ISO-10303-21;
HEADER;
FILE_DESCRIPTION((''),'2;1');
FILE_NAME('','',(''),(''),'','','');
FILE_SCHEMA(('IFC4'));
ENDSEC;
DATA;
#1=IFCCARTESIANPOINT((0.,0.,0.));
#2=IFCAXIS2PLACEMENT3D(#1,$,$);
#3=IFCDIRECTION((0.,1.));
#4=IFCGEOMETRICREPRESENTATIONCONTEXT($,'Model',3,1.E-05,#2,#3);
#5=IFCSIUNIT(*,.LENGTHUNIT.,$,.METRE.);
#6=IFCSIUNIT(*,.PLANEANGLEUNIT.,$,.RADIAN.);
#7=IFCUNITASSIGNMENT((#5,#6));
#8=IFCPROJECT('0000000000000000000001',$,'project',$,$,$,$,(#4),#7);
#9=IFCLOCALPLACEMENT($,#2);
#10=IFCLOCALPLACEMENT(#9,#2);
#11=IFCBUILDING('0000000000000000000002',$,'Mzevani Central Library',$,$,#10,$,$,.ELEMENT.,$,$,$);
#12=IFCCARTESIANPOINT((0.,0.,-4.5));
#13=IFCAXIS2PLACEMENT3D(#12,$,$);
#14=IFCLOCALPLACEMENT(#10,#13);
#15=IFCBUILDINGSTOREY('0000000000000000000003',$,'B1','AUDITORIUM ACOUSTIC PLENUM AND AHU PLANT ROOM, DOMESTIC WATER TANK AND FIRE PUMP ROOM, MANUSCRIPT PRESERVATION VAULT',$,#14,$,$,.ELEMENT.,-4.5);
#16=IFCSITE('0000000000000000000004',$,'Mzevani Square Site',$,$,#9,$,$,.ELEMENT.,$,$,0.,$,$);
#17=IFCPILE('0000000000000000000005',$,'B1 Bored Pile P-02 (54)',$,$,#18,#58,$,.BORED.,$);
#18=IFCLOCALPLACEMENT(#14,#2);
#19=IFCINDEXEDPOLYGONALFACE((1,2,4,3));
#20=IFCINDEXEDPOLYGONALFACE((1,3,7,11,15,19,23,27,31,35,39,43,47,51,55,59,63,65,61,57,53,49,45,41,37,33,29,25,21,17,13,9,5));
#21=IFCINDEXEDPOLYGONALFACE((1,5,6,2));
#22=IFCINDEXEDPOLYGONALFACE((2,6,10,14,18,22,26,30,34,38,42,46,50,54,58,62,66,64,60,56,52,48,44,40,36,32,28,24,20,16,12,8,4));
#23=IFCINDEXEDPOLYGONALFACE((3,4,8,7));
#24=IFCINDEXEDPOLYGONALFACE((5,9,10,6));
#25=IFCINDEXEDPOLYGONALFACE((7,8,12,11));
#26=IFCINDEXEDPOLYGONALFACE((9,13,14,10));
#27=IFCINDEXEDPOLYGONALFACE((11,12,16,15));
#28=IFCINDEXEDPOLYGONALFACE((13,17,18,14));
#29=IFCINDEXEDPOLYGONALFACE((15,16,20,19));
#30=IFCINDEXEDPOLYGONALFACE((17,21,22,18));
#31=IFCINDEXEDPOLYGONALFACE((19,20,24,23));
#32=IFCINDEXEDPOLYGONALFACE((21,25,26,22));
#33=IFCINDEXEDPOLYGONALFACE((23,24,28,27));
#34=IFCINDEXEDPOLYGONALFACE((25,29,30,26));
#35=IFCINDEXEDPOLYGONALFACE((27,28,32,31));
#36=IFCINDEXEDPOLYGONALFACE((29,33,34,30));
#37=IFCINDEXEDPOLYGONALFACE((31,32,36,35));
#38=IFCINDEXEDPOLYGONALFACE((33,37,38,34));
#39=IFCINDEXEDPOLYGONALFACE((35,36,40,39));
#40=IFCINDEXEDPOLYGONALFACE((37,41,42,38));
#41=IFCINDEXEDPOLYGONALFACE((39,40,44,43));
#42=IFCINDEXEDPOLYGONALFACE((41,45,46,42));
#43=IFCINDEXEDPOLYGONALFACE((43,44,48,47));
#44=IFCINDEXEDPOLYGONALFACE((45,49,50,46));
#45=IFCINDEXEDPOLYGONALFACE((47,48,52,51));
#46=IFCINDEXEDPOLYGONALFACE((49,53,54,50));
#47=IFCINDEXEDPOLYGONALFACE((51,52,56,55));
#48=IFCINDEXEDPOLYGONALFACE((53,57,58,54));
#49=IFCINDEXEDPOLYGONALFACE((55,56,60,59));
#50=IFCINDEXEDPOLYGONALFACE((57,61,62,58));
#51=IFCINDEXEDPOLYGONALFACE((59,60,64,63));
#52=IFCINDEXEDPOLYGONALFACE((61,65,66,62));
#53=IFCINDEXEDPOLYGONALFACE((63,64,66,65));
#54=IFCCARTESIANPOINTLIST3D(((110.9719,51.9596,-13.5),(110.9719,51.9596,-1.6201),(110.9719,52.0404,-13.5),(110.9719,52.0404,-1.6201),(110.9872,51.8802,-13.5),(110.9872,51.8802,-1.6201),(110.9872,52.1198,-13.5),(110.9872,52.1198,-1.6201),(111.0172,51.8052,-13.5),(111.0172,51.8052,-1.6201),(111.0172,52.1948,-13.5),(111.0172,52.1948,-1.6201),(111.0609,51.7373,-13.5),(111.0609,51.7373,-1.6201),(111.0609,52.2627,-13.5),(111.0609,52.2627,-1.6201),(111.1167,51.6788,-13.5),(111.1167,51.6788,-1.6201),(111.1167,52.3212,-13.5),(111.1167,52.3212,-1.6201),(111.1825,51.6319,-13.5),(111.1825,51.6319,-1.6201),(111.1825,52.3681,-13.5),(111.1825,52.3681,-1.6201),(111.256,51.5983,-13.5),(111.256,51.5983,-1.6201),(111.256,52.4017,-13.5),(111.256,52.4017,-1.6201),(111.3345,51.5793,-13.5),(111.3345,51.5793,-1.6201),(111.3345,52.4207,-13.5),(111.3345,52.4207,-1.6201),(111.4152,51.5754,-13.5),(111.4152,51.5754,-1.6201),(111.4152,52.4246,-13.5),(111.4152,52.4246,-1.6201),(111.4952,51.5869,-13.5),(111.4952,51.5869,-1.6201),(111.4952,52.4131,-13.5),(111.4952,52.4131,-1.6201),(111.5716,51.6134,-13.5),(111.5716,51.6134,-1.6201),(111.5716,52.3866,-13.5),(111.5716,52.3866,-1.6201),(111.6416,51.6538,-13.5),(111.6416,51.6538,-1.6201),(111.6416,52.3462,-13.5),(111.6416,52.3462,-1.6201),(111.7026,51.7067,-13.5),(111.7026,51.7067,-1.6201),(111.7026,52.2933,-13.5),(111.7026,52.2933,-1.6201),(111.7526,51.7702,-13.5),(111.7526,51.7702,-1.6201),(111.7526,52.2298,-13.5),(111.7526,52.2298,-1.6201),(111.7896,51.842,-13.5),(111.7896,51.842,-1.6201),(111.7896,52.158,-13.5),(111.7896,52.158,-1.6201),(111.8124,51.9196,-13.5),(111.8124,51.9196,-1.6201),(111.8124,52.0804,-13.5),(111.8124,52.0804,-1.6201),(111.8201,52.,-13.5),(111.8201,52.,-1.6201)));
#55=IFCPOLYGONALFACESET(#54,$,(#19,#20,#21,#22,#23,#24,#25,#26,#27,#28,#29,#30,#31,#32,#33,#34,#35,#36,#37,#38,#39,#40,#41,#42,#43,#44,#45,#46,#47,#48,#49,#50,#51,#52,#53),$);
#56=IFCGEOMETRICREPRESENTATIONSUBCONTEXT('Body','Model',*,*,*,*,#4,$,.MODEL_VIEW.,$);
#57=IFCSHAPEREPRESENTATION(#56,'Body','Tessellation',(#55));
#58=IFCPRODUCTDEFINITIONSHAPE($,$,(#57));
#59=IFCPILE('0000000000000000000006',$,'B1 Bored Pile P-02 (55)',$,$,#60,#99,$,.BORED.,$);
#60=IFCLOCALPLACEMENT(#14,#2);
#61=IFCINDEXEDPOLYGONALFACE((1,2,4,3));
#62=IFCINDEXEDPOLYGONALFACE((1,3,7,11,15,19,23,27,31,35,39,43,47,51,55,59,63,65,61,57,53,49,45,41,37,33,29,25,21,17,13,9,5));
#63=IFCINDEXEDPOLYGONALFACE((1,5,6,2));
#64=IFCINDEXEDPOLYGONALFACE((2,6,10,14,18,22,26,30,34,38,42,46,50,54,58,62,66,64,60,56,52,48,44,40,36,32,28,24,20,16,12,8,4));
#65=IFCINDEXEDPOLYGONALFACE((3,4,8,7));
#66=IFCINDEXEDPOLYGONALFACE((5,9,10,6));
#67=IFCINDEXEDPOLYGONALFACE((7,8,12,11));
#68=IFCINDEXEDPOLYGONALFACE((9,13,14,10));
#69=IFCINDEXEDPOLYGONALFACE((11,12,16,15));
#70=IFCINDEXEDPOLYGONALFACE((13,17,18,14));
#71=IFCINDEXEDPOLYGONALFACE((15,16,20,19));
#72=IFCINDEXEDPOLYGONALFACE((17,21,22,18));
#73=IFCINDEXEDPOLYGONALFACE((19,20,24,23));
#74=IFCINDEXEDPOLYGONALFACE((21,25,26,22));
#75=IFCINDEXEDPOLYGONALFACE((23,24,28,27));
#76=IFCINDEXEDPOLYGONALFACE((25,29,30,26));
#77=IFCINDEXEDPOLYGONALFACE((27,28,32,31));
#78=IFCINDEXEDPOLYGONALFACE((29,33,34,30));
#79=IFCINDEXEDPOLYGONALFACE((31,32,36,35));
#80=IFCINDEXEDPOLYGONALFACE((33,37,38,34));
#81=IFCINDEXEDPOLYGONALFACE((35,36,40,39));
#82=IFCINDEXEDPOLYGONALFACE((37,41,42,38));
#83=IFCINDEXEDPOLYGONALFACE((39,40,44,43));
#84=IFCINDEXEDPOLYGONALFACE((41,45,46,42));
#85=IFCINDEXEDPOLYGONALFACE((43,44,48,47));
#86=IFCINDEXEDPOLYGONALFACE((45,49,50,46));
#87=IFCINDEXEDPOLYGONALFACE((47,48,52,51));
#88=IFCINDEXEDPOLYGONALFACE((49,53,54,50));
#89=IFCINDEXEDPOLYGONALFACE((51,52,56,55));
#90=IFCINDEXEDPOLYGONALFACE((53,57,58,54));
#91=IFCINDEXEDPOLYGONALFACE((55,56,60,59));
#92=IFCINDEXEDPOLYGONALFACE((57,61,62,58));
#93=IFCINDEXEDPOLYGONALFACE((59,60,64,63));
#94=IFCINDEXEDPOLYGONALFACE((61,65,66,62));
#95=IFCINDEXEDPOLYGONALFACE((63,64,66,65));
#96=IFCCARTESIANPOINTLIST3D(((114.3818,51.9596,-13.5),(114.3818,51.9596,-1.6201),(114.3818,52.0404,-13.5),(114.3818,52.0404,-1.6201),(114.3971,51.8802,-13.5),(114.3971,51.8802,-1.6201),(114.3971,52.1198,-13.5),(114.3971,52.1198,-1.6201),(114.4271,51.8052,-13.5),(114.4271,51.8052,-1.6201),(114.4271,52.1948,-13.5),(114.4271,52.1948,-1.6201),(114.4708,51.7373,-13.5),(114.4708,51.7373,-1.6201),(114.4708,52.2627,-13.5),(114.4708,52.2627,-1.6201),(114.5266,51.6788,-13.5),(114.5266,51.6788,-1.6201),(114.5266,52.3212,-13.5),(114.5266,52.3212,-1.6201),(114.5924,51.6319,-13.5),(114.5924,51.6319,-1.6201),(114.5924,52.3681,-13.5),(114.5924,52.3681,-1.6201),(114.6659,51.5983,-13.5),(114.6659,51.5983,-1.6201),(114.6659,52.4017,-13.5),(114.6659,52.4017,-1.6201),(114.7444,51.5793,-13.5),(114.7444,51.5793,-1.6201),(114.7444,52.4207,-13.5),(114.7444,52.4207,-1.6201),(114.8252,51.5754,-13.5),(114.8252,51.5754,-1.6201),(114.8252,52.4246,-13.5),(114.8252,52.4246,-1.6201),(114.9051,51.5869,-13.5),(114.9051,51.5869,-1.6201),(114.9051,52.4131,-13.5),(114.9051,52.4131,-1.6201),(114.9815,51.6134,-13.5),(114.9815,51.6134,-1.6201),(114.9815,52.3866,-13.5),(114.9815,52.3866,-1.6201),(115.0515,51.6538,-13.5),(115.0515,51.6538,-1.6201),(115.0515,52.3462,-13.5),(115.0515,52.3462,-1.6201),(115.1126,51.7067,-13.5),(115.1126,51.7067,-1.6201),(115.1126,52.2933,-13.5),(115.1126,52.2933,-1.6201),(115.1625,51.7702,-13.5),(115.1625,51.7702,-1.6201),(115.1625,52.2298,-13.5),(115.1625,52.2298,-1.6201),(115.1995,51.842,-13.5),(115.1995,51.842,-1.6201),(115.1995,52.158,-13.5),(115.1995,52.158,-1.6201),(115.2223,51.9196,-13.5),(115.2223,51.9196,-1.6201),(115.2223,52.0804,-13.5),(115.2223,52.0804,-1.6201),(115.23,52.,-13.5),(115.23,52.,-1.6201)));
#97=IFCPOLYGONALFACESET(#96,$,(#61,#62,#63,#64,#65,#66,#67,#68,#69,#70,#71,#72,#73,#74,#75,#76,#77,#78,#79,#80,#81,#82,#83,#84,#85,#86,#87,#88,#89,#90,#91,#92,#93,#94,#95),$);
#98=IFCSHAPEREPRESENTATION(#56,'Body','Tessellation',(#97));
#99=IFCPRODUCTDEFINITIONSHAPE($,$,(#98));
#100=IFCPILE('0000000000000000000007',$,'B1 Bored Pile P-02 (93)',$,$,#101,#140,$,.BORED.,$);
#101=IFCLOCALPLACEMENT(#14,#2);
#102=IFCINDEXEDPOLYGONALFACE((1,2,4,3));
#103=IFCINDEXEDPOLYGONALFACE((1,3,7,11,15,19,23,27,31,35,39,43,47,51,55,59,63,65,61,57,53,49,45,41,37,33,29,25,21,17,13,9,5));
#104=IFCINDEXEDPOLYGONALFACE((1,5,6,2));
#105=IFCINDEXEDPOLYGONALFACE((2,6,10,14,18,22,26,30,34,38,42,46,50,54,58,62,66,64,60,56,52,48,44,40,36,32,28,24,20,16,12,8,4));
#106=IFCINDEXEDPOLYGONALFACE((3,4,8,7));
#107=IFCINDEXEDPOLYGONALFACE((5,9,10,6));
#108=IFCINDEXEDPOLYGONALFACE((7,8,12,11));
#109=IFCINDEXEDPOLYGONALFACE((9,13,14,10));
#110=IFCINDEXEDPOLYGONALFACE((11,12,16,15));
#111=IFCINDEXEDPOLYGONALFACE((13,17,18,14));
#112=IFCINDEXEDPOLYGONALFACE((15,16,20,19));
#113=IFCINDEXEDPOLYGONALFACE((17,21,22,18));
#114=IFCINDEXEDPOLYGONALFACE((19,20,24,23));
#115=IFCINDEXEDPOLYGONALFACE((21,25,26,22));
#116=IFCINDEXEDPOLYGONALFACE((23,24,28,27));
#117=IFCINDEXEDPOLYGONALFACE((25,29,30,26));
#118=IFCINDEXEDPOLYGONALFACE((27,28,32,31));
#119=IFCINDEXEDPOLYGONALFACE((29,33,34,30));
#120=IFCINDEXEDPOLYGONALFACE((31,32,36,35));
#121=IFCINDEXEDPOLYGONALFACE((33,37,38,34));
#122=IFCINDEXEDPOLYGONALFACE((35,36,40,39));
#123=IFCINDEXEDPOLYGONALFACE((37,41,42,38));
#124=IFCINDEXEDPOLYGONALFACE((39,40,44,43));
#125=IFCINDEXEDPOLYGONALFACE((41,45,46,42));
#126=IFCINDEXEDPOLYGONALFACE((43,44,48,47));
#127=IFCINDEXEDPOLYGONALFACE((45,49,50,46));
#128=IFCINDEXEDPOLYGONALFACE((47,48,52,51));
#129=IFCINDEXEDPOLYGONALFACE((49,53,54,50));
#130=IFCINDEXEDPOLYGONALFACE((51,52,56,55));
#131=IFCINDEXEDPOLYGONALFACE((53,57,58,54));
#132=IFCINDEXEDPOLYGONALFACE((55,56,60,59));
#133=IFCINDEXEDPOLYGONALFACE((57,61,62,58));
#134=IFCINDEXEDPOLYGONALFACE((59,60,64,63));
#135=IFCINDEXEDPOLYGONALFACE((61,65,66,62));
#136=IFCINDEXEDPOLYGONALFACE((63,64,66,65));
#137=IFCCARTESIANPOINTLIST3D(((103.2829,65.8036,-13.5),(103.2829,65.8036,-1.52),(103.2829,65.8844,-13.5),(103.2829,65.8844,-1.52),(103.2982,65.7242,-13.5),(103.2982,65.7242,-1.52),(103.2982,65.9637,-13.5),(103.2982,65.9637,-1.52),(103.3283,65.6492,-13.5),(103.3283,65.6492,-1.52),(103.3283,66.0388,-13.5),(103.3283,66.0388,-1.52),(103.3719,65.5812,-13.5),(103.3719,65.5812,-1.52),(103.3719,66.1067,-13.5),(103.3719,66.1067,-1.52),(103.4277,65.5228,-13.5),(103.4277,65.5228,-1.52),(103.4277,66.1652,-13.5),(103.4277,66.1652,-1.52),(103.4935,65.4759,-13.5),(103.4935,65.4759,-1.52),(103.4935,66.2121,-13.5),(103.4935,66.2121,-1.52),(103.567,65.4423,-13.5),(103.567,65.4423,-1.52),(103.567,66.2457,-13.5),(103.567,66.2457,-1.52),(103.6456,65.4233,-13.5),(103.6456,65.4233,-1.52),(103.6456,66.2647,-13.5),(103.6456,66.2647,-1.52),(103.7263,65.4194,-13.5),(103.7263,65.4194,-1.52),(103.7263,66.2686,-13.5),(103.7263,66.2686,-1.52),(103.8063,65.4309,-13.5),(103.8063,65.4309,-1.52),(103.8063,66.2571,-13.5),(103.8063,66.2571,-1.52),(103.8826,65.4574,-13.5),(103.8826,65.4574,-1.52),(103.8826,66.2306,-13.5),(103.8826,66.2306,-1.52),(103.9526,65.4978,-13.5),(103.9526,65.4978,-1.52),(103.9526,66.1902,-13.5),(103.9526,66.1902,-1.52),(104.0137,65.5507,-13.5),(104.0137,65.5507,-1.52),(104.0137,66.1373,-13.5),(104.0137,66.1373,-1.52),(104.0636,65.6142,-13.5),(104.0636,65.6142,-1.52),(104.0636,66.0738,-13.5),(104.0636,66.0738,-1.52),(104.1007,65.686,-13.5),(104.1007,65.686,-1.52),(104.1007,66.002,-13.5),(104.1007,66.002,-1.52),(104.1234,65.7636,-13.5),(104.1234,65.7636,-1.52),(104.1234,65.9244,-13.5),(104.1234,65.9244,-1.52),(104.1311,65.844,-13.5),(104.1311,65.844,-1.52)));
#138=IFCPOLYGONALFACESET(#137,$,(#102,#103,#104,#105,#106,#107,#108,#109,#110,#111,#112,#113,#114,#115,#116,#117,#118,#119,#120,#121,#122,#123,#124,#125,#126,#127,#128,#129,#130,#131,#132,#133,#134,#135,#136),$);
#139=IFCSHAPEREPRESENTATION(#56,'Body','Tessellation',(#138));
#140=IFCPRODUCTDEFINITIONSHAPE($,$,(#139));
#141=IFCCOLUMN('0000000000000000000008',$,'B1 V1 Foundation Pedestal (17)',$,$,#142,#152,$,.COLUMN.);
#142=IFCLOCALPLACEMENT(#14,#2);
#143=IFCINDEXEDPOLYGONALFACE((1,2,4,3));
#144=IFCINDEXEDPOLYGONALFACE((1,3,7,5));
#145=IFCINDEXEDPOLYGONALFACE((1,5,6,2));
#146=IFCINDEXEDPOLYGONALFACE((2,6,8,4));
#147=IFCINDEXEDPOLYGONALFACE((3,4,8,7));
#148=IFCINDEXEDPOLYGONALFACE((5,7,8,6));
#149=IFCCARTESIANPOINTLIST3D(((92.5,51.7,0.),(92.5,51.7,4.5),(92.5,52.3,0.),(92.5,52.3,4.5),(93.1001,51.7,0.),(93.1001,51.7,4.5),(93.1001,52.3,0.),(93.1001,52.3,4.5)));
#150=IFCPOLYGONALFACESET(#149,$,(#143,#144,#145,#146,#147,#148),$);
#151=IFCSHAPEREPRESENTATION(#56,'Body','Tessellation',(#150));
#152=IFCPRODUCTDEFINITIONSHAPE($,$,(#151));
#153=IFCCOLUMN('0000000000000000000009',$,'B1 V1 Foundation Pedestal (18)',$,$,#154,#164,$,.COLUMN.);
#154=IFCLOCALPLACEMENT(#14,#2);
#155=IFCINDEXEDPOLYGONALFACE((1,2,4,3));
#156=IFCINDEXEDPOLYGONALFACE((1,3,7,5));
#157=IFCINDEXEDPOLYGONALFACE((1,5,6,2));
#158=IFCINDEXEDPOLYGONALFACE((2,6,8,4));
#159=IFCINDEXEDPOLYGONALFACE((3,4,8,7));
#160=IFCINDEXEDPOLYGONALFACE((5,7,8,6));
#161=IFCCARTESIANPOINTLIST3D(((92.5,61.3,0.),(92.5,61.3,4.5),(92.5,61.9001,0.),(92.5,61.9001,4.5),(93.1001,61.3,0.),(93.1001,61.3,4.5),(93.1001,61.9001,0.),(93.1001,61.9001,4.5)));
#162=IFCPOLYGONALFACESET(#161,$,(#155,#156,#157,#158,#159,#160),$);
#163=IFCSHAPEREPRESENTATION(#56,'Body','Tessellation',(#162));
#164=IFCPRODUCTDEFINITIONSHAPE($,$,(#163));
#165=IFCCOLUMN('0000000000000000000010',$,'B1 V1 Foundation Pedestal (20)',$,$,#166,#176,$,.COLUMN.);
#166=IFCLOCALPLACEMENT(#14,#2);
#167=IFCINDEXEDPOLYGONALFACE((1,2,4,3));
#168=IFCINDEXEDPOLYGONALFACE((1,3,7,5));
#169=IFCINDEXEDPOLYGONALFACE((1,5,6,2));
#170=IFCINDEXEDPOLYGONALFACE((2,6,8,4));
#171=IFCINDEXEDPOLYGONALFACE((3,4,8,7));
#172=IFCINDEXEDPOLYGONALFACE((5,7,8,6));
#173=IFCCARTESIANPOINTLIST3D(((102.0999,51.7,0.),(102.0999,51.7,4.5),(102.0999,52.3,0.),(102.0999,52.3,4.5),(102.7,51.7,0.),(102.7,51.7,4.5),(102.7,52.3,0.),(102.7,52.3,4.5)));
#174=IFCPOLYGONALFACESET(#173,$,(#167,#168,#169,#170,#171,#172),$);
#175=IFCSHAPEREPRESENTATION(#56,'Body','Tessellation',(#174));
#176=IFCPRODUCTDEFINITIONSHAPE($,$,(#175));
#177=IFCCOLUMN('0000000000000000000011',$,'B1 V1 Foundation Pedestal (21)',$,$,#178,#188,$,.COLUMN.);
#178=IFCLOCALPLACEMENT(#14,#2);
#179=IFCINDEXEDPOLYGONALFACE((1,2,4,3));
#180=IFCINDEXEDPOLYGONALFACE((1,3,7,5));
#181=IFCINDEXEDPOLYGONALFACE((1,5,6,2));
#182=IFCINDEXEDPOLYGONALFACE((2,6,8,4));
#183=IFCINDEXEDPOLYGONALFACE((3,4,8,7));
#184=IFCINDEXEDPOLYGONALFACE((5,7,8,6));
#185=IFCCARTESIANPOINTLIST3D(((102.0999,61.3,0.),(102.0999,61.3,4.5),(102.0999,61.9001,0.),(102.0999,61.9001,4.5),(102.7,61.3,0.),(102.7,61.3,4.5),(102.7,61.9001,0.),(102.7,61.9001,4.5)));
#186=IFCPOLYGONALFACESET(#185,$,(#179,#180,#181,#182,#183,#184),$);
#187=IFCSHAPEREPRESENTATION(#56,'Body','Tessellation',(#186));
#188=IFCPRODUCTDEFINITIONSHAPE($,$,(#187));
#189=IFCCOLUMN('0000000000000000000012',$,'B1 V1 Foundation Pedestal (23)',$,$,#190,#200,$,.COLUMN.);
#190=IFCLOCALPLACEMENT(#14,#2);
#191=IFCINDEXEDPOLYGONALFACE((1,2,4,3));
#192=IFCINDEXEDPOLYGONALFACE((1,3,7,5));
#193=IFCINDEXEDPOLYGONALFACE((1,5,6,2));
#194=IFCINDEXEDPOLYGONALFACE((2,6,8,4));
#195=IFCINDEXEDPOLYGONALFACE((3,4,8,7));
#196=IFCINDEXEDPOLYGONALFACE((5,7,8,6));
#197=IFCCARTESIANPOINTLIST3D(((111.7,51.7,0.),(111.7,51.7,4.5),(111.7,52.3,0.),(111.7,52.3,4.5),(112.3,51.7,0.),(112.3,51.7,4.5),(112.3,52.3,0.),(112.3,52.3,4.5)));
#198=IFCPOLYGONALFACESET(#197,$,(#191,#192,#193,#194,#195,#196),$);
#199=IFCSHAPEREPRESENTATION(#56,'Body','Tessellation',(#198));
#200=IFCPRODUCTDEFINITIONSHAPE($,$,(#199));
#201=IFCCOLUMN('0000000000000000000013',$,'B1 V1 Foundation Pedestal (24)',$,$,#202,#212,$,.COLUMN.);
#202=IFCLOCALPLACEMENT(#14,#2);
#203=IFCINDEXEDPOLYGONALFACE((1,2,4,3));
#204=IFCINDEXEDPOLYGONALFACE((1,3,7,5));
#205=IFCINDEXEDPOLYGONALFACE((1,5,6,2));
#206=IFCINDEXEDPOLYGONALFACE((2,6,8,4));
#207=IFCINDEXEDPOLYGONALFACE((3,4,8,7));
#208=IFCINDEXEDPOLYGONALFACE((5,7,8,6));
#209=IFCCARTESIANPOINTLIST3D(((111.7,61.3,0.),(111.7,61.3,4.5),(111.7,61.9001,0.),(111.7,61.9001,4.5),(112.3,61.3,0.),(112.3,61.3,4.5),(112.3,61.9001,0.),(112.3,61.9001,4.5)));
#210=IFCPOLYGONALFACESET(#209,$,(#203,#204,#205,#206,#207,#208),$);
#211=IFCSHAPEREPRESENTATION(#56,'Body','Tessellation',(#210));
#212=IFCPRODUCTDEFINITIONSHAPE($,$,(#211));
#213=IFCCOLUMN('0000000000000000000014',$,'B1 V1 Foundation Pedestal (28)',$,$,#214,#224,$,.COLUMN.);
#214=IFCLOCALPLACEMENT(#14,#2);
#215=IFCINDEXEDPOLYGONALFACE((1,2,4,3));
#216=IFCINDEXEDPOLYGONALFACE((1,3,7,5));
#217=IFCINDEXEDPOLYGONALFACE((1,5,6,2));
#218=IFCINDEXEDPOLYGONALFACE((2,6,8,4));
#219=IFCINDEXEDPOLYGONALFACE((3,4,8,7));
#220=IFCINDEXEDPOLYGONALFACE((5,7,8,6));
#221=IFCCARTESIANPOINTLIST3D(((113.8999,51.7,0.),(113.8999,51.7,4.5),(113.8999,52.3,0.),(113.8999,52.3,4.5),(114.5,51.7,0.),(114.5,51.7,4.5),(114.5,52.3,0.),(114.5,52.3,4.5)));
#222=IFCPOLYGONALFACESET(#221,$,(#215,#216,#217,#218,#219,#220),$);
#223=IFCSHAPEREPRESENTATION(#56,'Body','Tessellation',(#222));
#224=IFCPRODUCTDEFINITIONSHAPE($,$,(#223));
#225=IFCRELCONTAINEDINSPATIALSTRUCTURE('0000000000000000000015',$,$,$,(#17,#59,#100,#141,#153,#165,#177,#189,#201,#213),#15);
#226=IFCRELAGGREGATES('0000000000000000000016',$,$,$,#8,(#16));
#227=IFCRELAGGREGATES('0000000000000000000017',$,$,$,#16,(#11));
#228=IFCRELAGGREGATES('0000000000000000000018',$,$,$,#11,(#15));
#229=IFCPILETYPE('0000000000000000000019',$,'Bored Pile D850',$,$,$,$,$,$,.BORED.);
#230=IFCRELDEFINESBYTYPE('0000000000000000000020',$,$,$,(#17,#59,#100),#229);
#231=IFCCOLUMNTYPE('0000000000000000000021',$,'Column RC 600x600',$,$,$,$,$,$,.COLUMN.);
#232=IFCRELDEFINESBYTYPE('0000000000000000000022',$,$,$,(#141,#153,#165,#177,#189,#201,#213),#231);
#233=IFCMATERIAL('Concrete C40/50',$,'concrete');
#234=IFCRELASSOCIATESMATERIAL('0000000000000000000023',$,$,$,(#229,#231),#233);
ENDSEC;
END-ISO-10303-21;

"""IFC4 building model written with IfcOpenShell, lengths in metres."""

from ifc_helpers import new_model, si_unit, direction, frame, origin, origin_2d, place, context, subcontext, project, spatial, rectangle, circle, extrude, material, material_profile, profile_set, type_object, element, save


model = new_model("IFC4")

# Units and contexts
model_context = context("Model", 3, precision=1e-05, world=origin(), true_north=direction((0.0, 1.0)))
body_context = subcontext(model_context, "Body", "Model", "MODEL_VIEW")
ifc_project = project(units=[si_unit("LENGTHUNIT", "METRE"), si_unit("PLANEANGLEUNIT", "RADIAN")], contexts=[model_context])

# Site, building, storey
site_placement = place(None, origin())
site = spatial("IfcSite", under=ifc_project, at=site_placement, Name="Mzevani Square Site", CompositionType="ELEMENT", RefElevation=0.0)
building_placement = place(site_placement, origin())
building = spatial("IfcBuilding", under=site, at=building_placement, Name="Mzevani Central Library", CompositionType="ELEMENT")
storey_placement = place(building_placement, frame((0.0, 0.0, -4.5)))
storey = spatial("IfcBuildingStorey", under=building, at=storey_placement, Name="B1", Description="AUDITORIUM ACOUSTIC PLENUM AND AHU PLANT ROOM, DOMESTIC WATER TANK AND FIRE PUMP ROOM, MANUSCRIPT PRESERVATION VAULT", CompositionType="ELEMENT", Elevation=-4.5)

# Piles
ifc_material_1 = material(Name="Concrete C40/50", Category="concrete")
ifc_material_profile_1 = material_profile(ifc_material_1, circle(Radius=0.425, at=origin_2d()), Name="PILE D850")
ifc_profile_set_1 = profile_set([ifc_material_profile_1], Name="Concrete C40/50")
pile_type_1 = type_object("IfcPileType", Name="Bored Pile D850", PredefinedType="BORED", material=ifc_profile_set_1)
for number, where, z_axis, x_axis, name in (
    (1, (111.395, 52.0, -1.6201), (0.0, 0.0, -1.0), (1.0, 0.0, 0.0), "B1 Bored Pile P-02 (54)"),
    (2, (114.8049, 52.0, -1.6201), (0.0, 0.0, -1.0), (1.0, 0.0, 0.0), "B1 Bored Pile P-02 (55)"),
):
    element("IfcPile", number, at=place(storey_placement, frame(where, z_axis=z_axis, x_axis=x_axis)), inside=storey, type_object=pile_type_1, Name=name, PredefinedType="BORED", context=body_context, shape_type="SweptSolid", body=[
        extrude(circle(Radius=0.425, at=origin_2d()), origin(), (0.0, 0.0, 1.0), 11.8799),
    ])
pile_placement = place(storey_placement, frame((103.7061, 65.844, -1.52), z_axis=(0.0, 0.0, -1.0), x_axis=(1.0, 0.0, 0.0)))
element("IfcPile", 3, at=pile_placement, inside=storey, type_object=pile_type_1, Name="B1 Bored Pile P-02 (93)", PredefinedType="BORED", context=body_context, shape_type="SweptSolid", body=[
    extrude(circle(Radius=0.425, at=origin_2d()), origin(), (0.0, 0.0, 1.0), 11.98),
])

# Columns
ifc_material_profile_2 = material_profile(ifc_material_1, rectangle(XDim=0.6001, YDim=0.6001, at=origin_2d()), Name="RC 600x600")
ifc_profile_set_2 = profile_set([ifc_material_profile_2], Name="Concrete C40/50")
column_type = type_object("IfcColumnType", Name="Column RC 600x600", PredefinedType="COLUMN", material=ifc_profile_set_2)
for number, where, z_axis, x_axis, name in (
    (4, (92.8, 52.0, 0.0), (0.0, 0.0, 1.0), (1.0, 0.0, 0.0), "B1 V1 Foundation Pedestal (17)"),
    (5, (92.8, 61.6001, 0.0), (0.0, 0.0, 1.0), (1.0, 0.0, 0.0), "B1 V1 Foundation Pedestal (18)"),
    (6, (102.3999, 52.0, 0.0), (0.0, 0.0, 1.0), (1.0, 0.0, 0.0), "B1 V1 Foundation Pedestal (20)"),
    (7, (102.3999, 61.6001, 0.0), (0.0, 0.0, 1.0), (1.0, 0.0, 0.0), "B1 V1 Foundation Pedestal (21)"),
    (8, (112.0, 52.0, 0.0), (0.0, 0.0, 1.0), (1.0, 0.0, 0.0), "B1 V1 Foundation Pedestal (23)"),
    (9, (112.0, 61.6001, 0.0), (0.0, 0.0, 1.0), (1.0, 0.0, 0.0), "B1 V1 Foundation Pedestal (24)"),
    (10, (114.2, 52.0, 0.0), (0.0, 0.0, 1.0), (1.0, 0.0, 0.0), "B1 V1 Foundation Pedestal (28)"),
):
    element("IfcColumn", number, at=place(storey_placement, frame(where, z_axis=z_axis, x_axis=x_axis)), inside=storey, type_object=column_type, Name=name, PredefinedType="COLUMN", context=body_context, shape_type="SweptSolid", body=[
        extrude(rectangle(XDim=0.6001, YDim=0.6001, at=origin_2d()), origin(), (0.0, 0.0, 1.0), 4.5),
    ])

save(model, "model.ifc")
